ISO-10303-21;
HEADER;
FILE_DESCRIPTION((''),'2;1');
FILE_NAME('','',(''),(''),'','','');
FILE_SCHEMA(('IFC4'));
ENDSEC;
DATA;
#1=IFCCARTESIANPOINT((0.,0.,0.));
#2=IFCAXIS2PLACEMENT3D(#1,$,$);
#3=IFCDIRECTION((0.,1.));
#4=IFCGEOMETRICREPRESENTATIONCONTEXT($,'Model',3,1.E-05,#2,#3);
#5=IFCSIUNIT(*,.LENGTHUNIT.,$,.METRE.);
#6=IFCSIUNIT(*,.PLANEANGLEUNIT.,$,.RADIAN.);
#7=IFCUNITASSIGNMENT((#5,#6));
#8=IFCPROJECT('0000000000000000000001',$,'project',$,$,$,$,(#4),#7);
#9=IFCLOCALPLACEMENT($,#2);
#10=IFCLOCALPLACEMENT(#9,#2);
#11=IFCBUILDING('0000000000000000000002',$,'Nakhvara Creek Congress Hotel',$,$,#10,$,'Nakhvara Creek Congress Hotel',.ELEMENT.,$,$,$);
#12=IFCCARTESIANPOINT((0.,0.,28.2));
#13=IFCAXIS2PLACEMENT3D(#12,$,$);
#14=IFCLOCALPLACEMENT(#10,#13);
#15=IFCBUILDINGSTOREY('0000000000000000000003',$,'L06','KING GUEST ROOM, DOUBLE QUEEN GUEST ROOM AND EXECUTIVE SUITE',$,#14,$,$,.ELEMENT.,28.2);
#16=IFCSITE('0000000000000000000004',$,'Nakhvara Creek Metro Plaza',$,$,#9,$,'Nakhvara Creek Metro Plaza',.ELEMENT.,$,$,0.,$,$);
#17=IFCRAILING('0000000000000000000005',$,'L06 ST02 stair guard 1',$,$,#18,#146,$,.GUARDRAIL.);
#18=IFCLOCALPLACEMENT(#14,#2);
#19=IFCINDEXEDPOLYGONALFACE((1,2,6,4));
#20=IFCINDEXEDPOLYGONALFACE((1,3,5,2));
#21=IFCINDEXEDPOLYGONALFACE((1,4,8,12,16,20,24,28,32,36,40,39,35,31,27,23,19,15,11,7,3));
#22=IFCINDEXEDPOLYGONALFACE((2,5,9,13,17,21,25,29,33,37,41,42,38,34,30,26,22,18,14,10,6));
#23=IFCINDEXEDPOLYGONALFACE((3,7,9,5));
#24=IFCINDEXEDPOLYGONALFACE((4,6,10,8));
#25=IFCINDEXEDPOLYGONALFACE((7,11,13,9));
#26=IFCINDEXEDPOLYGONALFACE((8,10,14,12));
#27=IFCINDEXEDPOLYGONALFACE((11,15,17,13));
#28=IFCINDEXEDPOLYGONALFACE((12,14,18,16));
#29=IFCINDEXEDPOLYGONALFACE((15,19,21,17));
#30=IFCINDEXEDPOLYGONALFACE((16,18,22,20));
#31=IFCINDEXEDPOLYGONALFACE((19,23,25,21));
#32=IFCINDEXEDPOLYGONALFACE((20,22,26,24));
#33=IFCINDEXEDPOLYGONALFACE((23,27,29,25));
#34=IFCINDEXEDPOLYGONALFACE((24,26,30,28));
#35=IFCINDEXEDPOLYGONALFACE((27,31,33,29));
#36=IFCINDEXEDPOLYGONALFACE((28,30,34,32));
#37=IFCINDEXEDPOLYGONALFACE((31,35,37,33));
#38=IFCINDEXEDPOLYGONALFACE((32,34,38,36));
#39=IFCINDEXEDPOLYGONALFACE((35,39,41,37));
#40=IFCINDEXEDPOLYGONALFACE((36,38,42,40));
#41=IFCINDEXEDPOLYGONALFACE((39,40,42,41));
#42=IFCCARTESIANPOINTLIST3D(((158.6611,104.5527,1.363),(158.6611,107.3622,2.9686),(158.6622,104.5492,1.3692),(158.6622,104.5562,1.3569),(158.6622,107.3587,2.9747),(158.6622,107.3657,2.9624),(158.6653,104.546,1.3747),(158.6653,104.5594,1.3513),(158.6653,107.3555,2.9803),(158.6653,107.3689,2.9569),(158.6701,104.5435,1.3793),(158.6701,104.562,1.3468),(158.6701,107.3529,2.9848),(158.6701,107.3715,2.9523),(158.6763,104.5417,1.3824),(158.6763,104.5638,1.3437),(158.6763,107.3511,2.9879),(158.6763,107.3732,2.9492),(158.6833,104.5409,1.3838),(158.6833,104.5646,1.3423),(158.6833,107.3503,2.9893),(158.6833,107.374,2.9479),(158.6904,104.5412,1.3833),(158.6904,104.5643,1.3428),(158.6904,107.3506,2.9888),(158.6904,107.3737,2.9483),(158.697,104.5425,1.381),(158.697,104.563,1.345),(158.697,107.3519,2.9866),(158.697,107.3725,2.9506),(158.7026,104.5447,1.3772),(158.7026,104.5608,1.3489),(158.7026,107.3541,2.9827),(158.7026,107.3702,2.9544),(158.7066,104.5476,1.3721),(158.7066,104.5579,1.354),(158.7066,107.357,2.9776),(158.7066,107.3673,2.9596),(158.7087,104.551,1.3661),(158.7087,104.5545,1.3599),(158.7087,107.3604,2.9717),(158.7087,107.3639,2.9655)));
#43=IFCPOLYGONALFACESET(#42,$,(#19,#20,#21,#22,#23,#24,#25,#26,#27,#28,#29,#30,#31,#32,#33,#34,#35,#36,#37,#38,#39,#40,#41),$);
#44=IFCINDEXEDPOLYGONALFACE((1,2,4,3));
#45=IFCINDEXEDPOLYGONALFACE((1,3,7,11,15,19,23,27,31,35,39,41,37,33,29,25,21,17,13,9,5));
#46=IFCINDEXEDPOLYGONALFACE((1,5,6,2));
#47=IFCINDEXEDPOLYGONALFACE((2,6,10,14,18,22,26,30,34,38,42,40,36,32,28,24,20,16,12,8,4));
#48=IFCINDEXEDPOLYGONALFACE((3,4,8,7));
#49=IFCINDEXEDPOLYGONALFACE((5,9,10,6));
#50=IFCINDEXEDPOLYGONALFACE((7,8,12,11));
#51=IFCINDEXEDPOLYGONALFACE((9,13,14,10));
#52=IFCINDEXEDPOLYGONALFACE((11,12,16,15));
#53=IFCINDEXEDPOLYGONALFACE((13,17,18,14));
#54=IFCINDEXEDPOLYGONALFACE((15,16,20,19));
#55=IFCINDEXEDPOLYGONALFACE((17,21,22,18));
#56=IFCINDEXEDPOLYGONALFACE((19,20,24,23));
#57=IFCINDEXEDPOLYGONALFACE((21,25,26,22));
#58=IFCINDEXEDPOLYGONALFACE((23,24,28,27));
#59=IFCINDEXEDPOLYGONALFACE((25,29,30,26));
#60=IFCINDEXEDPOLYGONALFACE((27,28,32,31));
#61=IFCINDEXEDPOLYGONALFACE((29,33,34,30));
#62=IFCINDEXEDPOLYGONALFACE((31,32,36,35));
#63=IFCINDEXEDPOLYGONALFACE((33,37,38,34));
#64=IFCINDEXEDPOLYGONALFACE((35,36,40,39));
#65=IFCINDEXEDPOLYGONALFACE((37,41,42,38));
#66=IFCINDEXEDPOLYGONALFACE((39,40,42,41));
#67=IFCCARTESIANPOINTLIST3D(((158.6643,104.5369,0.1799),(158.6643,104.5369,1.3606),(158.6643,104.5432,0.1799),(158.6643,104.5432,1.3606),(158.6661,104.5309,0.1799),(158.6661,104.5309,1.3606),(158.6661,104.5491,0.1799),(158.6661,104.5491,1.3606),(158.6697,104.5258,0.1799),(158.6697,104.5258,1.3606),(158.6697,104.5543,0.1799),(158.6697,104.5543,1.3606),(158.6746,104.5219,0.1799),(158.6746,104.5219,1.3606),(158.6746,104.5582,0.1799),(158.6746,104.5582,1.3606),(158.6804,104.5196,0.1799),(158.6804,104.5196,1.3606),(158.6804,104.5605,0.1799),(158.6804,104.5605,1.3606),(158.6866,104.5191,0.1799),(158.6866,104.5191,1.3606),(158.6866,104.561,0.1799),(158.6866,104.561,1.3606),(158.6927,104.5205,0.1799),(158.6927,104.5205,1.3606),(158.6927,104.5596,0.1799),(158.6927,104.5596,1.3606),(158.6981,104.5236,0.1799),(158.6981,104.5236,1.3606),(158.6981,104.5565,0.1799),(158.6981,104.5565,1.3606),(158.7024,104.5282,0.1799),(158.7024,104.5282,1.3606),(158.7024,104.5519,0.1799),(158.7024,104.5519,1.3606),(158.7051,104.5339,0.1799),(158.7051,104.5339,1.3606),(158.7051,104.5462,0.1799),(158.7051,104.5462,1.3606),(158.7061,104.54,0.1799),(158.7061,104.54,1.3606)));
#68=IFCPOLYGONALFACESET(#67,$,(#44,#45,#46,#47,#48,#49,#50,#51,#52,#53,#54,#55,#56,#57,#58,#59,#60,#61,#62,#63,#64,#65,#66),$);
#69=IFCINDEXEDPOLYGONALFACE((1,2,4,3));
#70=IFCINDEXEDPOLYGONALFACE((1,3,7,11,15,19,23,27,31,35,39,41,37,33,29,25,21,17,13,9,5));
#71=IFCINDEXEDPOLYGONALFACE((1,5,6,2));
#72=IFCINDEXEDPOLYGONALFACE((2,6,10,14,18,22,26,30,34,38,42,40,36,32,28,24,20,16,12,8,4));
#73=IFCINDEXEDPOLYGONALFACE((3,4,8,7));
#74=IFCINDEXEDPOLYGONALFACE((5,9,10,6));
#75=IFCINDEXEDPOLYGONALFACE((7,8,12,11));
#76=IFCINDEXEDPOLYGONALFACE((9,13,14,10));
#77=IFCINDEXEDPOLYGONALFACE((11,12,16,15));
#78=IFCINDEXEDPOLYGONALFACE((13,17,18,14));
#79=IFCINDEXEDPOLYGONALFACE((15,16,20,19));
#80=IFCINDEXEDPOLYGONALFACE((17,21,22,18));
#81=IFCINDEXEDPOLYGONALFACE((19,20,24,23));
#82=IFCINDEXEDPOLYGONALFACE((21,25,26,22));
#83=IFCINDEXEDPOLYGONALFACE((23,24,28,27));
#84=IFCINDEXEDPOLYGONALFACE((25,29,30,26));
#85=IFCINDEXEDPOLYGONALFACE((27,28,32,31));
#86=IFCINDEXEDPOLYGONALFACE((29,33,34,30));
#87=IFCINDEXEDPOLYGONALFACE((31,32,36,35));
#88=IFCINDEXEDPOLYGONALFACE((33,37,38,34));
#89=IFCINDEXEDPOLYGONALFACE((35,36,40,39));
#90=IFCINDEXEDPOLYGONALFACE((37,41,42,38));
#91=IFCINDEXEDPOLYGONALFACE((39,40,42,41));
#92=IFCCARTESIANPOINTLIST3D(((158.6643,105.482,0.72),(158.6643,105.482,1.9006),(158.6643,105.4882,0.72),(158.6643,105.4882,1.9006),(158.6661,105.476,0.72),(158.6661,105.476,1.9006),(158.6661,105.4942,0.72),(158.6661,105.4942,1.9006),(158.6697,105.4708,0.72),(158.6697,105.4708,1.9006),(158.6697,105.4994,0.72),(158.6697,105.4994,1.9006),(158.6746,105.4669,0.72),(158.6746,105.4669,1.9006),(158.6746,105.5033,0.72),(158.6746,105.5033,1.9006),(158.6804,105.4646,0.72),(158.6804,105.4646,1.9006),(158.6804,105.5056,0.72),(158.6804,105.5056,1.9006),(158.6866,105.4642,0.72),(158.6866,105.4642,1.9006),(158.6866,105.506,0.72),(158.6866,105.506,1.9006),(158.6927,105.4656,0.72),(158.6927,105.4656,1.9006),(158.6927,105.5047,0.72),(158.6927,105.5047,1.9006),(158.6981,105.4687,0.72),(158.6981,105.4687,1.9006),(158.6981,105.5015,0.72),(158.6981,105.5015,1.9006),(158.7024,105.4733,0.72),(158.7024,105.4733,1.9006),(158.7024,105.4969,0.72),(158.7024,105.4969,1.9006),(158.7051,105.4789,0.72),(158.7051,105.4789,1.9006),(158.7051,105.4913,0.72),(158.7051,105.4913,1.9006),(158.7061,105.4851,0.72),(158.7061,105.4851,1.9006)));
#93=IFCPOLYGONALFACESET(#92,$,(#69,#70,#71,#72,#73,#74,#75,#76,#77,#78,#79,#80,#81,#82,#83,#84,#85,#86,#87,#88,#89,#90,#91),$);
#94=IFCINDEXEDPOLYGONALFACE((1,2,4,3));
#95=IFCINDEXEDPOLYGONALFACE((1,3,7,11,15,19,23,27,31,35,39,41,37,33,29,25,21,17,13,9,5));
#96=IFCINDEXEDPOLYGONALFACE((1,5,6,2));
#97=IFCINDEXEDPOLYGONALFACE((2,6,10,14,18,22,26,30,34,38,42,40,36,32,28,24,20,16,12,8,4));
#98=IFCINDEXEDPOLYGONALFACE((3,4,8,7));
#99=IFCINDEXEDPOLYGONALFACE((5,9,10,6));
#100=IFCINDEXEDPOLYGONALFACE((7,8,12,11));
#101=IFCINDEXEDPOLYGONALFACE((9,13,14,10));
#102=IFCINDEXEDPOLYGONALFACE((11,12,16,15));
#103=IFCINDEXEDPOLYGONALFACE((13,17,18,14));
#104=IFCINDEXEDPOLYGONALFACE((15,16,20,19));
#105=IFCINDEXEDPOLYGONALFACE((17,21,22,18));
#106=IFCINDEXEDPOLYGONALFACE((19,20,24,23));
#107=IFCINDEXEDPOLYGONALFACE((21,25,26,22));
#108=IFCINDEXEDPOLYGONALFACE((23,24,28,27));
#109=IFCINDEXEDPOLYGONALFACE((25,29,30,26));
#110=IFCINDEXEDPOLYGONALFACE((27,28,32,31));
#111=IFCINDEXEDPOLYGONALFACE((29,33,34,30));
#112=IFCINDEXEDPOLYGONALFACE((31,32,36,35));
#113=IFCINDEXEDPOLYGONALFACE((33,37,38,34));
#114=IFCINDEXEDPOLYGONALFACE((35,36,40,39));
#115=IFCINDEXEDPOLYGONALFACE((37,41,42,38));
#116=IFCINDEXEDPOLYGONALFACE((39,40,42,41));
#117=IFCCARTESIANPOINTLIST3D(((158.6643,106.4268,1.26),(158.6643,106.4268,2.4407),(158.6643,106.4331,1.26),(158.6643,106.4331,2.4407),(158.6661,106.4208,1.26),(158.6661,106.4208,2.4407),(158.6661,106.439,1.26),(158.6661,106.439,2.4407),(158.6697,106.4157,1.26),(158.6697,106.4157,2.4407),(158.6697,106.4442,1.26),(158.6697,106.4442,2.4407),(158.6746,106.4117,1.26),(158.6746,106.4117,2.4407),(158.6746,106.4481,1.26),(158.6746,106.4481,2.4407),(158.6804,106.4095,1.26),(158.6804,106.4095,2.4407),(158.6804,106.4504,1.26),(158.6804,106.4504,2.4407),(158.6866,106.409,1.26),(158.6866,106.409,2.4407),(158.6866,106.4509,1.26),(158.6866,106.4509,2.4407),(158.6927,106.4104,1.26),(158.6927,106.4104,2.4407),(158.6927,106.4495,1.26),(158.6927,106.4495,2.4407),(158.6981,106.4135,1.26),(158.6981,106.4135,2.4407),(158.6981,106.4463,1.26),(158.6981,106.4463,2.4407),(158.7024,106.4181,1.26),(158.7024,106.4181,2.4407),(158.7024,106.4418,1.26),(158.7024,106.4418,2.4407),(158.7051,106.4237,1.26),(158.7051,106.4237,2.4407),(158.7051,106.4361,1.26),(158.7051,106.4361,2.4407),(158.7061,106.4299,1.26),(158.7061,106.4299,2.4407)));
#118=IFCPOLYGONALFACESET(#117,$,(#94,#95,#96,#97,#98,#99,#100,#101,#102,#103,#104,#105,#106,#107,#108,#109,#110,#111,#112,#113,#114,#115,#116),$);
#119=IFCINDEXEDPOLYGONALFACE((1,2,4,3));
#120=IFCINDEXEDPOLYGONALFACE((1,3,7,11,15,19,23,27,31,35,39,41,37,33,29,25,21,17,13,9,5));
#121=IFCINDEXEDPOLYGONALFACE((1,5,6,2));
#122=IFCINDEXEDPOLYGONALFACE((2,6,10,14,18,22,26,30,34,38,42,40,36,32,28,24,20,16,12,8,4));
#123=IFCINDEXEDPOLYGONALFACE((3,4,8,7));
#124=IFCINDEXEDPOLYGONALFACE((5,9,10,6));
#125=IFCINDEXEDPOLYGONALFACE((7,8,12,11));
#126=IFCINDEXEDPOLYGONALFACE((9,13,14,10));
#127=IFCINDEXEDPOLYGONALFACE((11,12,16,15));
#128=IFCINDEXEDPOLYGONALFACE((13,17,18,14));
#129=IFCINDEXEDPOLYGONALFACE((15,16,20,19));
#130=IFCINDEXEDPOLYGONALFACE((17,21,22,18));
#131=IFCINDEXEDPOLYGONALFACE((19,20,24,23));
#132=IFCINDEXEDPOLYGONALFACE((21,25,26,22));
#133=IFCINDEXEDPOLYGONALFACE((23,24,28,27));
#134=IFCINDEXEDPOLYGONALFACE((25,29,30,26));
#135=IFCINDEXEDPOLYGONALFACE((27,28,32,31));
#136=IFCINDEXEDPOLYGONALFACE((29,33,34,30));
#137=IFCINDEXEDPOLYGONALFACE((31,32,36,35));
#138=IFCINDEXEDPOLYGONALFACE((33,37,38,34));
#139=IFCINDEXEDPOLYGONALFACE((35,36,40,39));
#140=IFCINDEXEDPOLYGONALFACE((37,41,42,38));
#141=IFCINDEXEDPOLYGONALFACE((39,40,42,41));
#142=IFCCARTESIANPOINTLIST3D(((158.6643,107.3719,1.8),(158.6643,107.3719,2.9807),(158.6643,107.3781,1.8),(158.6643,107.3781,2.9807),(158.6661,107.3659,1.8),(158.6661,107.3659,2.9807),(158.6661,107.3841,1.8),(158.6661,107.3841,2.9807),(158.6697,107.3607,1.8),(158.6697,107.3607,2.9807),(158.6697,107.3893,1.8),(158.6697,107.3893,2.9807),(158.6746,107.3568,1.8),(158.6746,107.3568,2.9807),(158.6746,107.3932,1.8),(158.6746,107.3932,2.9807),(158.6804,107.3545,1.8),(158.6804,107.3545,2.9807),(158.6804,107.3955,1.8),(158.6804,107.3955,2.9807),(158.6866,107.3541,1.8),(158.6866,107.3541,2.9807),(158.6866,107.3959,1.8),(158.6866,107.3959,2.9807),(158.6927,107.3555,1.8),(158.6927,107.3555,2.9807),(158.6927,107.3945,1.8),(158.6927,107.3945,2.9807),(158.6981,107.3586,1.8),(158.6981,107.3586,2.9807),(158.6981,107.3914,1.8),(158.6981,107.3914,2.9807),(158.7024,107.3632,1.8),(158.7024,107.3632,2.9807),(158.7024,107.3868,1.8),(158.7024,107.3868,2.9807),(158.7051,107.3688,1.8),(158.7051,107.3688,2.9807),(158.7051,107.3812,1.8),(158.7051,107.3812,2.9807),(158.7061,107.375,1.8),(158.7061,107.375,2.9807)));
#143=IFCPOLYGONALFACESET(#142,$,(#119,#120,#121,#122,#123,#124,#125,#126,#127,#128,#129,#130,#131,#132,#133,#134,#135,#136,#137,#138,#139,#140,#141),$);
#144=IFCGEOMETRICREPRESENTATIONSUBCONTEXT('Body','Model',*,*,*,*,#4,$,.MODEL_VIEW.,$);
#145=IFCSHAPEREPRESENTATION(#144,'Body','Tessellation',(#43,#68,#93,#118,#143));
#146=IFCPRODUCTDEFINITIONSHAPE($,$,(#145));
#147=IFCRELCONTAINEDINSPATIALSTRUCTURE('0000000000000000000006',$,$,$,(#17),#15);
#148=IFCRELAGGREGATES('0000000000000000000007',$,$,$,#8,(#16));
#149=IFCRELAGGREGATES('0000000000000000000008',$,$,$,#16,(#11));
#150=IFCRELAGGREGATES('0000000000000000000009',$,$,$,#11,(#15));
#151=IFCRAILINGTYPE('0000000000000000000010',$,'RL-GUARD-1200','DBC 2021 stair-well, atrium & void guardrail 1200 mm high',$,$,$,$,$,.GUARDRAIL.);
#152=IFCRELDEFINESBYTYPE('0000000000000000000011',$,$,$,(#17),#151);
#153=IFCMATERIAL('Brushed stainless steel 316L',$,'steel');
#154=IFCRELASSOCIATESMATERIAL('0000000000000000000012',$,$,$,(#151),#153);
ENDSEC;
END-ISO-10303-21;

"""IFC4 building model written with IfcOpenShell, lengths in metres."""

from ifc_helpers import new_model, si_unit, direction, frame, origin, origin_2d, place, context, subcontext, project, spatial, circle, extrude, material, type_object, element, save


model = new_model("IFC4")

# Units and contexts
model_context = context("Model", 3, precision=1e-05, world=origin(), true_north=direction((0.0, 1.0)))
body_context = subcontext(model_context, "Body", "Model", "MODEL_VIEW")
ifc_project = project(units=[si_unit("LENGTHUNIT", "METRE"), si_unit("PLANEANGLEUNIT", "RADIAN")], contexts=[model_context])

# Site, building, storey
site_placement = place(None, origin())
site = spatial("IfcSite", under=ifc_project, at=site_placement, Name="Nakhvara Creek Metro Plaza", LongName="Nakhvara Creek Metro Plaza", CompositionType="ELEMENT", RefElevation=0.0)
building_placement = place(site_placement, origin())
building = spatial("IfcBuilding", under=site, at=building_placement, Name="Nakhvara Creek Congress Hotel", LongName="Nakhvara Creek Congress Hotel", CompositionType="ELEMENT")
storey_placement = place(building_placement, frame((0.0, 0.0, 28.2)))
storey = spatial("IfcBuildingStorey", under=building, at=storey_placement, Name="L06", Description="KING GUEST ROOM, DOUBLE QUEEN GUEST ROOM AND EXECUTIVE SUITE", CompositionType="ELEMENT", Elevation=28.2)

# Railing
ifc_material_1 = material(Name="Brushed stainless steel 316L", Category="steel")
railing_type_1 = type_object("IfcRailingType", Name="RL-GUARD-1200", Description="DBC 2021 stair-well, atrium & void guardrail 1200 mm high", PredefinedType="GUARDRAIL", material=ifc_material_1)
railing_1_placement = place(storey_placement, frame((158.6851, 104.54, 0.1799)))
element("IfcRailing", 1, at=railing_1_placement, inside=storey, type_object=railing_type_1, Name="L06 ST02 stair guard 1", PredefinedType="GUARDRAIL", context=body_context, shape_type="SweptSolid", body=[
    extrude(circle(Radius=0.0239, at=origin_2d()), frame((0.0, 0.0127, 1.1831), z_axis=(0.0, 0.868225, 0.496171), x_axis=(-1.0, 0.0, 0.0)), (0.0, 0.0, 1.0), 3.2358),
    extrude(circle(Radius=0.021, at=origin_2d()), origin(), (0.0, 0.0, 1.0), 1.1807),
    extrude(circle(Radius=0.021, at=origin_2d()), frame((0.0, 0.9451, 0.54)), (0.0, 0.0, 1.0), 1.1807),
    extrude(circle(Radius=0.021, at=origin_2d()), frame((0.0, 1.8899, 1.0801)), (0.0, 0.0, 1.0), 1.1807),
    extrude(circle(Radius=0.021, at=origin_2d()), frame((0.0, 2.835, 1.6201)), (0.0, 0.0, 1.0), 1.1807),
])

save(model, "model.ifc")
